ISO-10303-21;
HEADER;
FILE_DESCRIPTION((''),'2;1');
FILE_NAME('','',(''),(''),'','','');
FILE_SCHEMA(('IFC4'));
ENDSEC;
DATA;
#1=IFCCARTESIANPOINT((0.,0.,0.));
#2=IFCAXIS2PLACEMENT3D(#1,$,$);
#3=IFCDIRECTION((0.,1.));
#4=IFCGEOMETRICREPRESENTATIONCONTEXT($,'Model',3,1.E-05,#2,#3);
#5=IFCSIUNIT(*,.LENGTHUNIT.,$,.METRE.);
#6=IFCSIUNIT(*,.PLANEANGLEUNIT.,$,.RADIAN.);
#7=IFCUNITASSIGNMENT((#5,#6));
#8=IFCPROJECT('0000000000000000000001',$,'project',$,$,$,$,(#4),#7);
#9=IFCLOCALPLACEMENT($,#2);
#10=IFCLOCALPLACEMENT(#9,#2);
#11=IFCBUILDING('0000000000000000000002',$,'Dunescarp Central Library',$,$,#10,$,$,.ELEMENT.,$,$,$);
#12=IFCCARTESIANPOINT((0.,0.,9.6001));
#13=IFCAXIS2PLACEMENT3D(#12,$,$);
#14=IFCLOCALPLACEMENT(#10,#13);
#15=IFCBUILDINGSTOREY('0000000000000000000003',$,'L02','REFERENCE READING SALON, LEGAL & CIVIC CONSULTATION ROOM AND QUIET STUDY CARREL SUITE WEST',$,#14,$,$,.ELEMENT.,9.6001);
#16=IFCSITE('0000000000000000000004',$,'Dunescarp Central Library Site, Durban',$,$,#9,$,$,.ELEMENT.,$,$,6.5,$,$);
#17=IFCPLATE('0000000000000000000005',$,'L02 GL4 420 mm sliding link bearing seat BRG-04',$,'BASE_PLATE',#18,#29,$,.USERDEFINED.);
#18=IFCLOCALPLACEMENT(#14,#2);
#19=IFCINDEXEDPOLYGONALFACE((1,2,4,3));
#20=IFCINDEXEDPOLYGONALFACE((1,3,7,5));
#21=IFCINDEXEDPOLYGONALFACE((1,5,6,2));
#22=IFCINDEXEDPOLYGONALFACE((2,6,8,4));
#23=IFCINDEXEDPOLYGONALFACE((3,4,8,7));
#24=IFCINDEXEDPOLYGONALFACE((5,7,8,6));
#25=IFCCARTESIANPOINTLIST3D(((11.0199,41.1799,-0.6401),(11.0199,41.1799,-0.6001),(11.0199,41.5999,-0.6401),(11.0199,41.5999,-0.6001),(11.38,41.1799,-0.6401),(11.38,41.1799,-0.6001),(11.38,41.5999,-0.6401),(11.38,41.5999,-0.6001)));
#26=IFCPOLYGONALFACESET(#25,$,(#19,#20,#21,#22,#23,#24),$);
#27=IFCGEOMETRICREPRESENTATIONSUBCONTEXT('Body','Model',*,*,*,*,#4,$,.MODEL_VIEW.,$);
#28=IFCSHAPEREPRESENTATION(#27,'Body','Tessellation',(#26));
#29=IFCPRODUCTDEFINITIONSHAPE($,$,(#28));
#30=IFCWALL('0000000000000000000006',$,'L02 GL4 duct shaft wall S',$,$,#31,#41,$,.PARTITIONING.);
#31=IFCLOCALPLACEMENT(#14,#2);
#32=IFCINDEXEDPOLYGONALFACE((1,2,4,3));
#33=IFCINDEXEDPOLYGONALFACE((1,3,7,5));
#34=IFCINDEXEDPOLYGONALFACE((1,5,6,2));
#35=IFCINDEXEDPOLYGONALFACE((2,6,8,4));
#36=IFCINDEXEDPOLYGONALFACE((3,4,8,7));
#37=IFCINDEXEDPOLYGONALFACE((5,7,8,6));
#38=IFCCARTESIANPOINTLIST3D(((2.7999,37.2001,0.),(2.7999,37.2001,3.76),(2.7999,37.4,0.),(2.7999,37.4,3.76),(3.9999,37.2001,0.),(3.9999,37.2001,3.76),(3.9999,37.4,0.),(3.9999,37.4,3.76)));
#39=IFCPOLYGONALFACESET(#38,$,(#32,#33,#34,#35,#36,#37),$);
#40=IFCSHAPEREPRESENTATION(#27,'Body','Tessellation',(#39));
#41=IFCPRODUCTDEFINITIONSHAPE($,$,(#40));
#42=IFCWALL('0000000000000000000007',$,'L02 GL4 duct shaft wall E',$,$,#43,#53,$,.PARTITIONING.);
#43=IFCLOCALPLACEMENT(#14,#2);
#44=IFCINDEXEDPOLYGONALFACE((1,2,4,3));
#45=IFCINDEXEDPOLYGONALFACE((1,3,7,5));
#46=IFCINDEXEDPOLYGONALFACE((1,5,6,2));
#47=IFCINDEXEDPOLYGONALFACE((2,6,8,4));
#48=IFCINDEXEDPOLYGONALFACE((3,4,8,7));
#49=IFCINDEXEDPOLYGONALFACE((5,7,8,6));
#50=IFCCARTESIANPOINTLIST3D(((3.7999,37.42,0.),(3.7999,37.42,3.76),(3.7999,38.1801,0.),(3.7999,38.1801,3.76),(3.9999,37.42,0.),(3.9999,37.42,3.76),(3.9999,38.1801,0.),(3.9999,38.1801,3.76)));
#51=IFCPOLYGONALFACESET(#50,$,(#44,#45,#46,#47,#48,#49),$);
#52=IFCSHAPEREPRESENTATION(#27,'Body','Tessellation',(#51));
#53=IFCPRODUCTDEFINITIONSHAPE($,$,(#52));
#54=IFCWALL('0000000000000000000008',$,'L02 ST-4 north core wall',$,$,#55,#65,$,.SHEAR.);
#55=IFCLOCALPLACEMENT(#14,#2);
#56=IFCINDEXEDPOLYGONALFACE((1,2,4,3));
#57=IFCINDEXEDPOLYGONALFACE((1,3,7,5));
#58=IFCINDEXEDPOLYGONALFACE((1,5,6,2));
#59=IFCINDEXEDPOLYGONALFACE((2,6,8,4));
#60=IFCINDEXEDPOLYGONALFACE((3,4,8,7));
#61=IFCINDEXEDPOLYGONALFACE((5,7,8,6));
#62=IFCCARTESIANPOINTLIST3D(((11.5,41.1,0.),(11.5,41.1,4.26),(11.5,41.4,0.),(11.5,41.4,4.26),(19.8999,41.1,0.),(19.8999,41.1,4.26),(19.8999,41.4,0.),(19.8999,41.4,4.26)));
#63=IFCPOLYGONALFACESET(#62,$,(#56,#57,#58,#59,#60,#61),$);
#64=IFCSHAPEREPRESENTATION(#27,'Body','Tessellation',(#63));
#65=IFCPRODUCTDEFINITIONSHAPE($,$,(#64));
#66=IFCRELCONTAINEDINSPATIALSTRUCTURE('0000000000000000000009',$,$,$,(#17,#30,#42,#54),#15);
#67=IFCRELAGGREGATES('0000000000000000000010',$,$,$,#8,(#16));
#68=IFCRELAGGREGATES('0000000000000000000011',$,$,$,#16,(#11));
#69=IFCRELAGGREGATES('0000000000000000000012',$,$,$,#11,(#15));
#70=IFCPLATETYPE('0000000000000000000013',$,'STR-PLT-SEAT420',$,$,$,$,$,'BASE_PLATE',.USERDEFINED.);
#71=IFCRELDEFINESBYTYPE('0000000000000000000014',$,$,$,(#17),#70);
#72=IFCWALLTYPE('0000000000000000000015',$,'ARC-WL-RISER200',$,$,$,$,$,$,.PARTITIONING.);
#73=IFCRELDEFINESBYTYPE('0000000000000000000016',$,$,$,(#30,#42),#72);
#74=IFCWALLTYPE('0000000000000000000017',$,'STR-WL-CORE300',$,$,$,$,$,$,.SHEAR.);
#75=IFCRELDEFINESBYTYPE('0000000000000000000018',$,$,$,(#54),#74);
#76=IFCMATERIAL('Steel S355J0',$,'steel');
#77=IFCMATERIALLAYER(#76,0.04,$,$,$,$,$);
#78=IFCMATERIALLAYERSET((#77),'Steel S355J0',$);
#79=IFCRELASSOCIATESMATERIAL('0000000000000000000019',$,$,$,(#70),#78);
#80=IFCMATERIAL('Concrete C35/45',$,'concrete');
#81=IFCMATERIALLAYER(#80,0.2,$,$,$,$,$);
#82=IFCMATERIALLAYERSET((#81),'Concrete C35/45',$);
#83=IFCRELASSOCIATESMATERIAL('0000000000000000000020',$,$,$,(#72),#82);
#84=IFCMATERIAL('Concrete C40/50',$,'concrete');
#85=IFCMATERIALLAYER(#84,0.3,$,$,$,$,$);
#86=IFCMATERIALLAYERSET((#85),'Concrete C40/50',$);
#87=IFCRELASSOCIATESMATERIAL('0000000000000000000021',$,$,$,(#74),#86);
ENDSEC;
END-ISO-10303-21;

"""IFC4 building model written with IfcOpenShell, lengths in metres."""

from ifc_helpers import new_model, si_unit, direction, frame, frame_2d, origin, origin_2d, place, context, subcontext, project, spatial, rectangle, extrude, material, layer, layer_set, type_object, element, save


model = new_model("IFC4")

# Units and contexts
model_context = context("Model", 3, precision=1e-05, world=origin(), true_north=direction((0.0, 1.0)))
body_context = subcontext(model_context, "Body", "Model", "MODEL_VIEW")
ifc_project = project(units=[si_unit("LENGTHUNIT", "METRE"), si_unit("PLANEANGLEUNIT", "RADIAN")], contexts=[model_context])

# Site, building, storey
site_placement = place(None, origin())
site = spatial("IfcSite", under=ifc_project, at=site_placement, Name="Dunescarp Central Library Site, Durban", CompositionType="ELEMENT", RefElevation=6.5)
building_placement = place(site_placement, origin())
building = spatial("IfcBuilding", under=site, at=building_placement, Name="Dunescarp Central Library", CompositionType="ELEMENT")
storey_placement = place(building_placement, frame((0.0, 0.0, 9.6001)))
storey = spatial("IfcBuildingStorey", under=building, at=storey_placement, Name="L02", Description="REFERENCE READING SALON, LEGAL & CIVIC CONSULTATION ROOM AND QUIET STUDY CARREL SUITE WEST", CompositionType="ELEMENT", Elevation=9.6001)

# Shared definitions
ifc_material_1 = material(Name="Steel S355J0", Category="steel")

# Plate
ifc_layer_1 = layer(ifc_material_1, 0.04)
ifc_layer_set_1 = layer_set([ifc_layer_1], Name="Steel S355J0")
plate_type_1 = type_object("IfcPlateType", Name="STR-PLT-SEAT420", ElementType="BASE_PLATE", PredefinedType="USERDEFINED", material=ifc_layer_set_1)
plate_placement = place(storey_placement, frame((11.2, 41.3899, -0.6401), z_axis=(0.0, 0.0, 1.0), x_axis=(0.0, 1.0, 0.0)))
element("IfcPlate", 1, at=plate_placement, inside=storey, type_object=plate_type_1, Name="L02 GL4 420 mm sliding link bearing seat BRG-04", ObjectType="BASE_PLATE", PredefinedType="USERDEFINED", context=body_context, shape_type="SweptSolid", body=[
    extrude(rectangle(XDim=0.4199, YDim=0.3601, at=origin_2d()), origin(), (0.0, 0.0, 1.0), 0.04),
])

# Walls
ifc_material_2 = material(Name="Concrete C35/45", Category="concrete")
ifc_layer_2 = layer(ifc_material_2, 0.2)
ifc_layer_set_2 = layer_set([ifc_layer_2], Name="Concrete C35/45")
wall_type_1 = type_object("IfcWallType", Name="ARC-WL-RISER200", PredefinedType="PARTITIONING", material=ifc_layer_set_2)
wall_1_placement = place(storey_placement, frame((4.0, 37.3, 0.0), z_axis=(0.0, 0.0, 1.0), x_axis=(-1.0, 0.0, 0.0)))
element("IfcWall", 2, at=wall_1_placement, inside=storey, type_object=wall_type_1, Name="L02 GL4 duct shaft wall S", PredefinedType="PARTITIONING", context=body_context, shape_type="SweptSolid", body=[
    extrude(rectangle(XDim=1.2, YDim=0.2, at=frame_2d((0.6001, 0.0))), origin(), (0.0, 0.0, 1.0), 3.76),
])
wall_2_placement = place(storey_placement, frame((3.8999, 38.1799, 0.0), z_axis=(0.0, 0.0, 1.0), x_axis=(0.0, -1.0, 0.0)))
element("IfcWall", 3, at=wall_2_placement, inside=storey, type_object=wall_type_1, Name="L02 GL4 duct shaft wall E", PredefinedType="PARTITIONING", context=body_context, shape_type="SweptSolid", body=[
    extrude(rectangle(XDim=0.76, YDim=0.2, at=frame_2d((0.3799, 0.0))), origin(), (0.0, 0.0, 1.0), 3.76),
])
ifc_material_3 = material(Name="Concrete C40/50", Category="concrete")
ifc_layer_3 = layer(ifc_material_3, 0.3)
ifc_layer_set_3 = layer_set([ifc_layer_3], Name="Concrete C40/50")
wall_type_2 = type_object("IfcWallType", Name="STR-WL-CORE300", PredefinedType="SHEAR", material=ifc_layer_set_3)
wall_3_placement = place(storey_placement, frame((11.5, 41.25, 0.0), z_axis=(0.0, 0.0, 1.0), x_axis=(1.0, 0.0, 0.0)))
element("IfcWall", 4, at=wall_3_placement, inside=storey, type_object=wall_type_2, Name="L02 ST-4 north core wall", PredefinedType="SHEAR", context=body_context, shape_type="SweptSolid", body=[
    extrude(rectangle(XDim=8.3999, YDim=0.3, at=frame_2d((4.2, 0.0))), origin(), (0.0, 0.0, 1.0), 4.26),
])

save(model, "model.ifc")
